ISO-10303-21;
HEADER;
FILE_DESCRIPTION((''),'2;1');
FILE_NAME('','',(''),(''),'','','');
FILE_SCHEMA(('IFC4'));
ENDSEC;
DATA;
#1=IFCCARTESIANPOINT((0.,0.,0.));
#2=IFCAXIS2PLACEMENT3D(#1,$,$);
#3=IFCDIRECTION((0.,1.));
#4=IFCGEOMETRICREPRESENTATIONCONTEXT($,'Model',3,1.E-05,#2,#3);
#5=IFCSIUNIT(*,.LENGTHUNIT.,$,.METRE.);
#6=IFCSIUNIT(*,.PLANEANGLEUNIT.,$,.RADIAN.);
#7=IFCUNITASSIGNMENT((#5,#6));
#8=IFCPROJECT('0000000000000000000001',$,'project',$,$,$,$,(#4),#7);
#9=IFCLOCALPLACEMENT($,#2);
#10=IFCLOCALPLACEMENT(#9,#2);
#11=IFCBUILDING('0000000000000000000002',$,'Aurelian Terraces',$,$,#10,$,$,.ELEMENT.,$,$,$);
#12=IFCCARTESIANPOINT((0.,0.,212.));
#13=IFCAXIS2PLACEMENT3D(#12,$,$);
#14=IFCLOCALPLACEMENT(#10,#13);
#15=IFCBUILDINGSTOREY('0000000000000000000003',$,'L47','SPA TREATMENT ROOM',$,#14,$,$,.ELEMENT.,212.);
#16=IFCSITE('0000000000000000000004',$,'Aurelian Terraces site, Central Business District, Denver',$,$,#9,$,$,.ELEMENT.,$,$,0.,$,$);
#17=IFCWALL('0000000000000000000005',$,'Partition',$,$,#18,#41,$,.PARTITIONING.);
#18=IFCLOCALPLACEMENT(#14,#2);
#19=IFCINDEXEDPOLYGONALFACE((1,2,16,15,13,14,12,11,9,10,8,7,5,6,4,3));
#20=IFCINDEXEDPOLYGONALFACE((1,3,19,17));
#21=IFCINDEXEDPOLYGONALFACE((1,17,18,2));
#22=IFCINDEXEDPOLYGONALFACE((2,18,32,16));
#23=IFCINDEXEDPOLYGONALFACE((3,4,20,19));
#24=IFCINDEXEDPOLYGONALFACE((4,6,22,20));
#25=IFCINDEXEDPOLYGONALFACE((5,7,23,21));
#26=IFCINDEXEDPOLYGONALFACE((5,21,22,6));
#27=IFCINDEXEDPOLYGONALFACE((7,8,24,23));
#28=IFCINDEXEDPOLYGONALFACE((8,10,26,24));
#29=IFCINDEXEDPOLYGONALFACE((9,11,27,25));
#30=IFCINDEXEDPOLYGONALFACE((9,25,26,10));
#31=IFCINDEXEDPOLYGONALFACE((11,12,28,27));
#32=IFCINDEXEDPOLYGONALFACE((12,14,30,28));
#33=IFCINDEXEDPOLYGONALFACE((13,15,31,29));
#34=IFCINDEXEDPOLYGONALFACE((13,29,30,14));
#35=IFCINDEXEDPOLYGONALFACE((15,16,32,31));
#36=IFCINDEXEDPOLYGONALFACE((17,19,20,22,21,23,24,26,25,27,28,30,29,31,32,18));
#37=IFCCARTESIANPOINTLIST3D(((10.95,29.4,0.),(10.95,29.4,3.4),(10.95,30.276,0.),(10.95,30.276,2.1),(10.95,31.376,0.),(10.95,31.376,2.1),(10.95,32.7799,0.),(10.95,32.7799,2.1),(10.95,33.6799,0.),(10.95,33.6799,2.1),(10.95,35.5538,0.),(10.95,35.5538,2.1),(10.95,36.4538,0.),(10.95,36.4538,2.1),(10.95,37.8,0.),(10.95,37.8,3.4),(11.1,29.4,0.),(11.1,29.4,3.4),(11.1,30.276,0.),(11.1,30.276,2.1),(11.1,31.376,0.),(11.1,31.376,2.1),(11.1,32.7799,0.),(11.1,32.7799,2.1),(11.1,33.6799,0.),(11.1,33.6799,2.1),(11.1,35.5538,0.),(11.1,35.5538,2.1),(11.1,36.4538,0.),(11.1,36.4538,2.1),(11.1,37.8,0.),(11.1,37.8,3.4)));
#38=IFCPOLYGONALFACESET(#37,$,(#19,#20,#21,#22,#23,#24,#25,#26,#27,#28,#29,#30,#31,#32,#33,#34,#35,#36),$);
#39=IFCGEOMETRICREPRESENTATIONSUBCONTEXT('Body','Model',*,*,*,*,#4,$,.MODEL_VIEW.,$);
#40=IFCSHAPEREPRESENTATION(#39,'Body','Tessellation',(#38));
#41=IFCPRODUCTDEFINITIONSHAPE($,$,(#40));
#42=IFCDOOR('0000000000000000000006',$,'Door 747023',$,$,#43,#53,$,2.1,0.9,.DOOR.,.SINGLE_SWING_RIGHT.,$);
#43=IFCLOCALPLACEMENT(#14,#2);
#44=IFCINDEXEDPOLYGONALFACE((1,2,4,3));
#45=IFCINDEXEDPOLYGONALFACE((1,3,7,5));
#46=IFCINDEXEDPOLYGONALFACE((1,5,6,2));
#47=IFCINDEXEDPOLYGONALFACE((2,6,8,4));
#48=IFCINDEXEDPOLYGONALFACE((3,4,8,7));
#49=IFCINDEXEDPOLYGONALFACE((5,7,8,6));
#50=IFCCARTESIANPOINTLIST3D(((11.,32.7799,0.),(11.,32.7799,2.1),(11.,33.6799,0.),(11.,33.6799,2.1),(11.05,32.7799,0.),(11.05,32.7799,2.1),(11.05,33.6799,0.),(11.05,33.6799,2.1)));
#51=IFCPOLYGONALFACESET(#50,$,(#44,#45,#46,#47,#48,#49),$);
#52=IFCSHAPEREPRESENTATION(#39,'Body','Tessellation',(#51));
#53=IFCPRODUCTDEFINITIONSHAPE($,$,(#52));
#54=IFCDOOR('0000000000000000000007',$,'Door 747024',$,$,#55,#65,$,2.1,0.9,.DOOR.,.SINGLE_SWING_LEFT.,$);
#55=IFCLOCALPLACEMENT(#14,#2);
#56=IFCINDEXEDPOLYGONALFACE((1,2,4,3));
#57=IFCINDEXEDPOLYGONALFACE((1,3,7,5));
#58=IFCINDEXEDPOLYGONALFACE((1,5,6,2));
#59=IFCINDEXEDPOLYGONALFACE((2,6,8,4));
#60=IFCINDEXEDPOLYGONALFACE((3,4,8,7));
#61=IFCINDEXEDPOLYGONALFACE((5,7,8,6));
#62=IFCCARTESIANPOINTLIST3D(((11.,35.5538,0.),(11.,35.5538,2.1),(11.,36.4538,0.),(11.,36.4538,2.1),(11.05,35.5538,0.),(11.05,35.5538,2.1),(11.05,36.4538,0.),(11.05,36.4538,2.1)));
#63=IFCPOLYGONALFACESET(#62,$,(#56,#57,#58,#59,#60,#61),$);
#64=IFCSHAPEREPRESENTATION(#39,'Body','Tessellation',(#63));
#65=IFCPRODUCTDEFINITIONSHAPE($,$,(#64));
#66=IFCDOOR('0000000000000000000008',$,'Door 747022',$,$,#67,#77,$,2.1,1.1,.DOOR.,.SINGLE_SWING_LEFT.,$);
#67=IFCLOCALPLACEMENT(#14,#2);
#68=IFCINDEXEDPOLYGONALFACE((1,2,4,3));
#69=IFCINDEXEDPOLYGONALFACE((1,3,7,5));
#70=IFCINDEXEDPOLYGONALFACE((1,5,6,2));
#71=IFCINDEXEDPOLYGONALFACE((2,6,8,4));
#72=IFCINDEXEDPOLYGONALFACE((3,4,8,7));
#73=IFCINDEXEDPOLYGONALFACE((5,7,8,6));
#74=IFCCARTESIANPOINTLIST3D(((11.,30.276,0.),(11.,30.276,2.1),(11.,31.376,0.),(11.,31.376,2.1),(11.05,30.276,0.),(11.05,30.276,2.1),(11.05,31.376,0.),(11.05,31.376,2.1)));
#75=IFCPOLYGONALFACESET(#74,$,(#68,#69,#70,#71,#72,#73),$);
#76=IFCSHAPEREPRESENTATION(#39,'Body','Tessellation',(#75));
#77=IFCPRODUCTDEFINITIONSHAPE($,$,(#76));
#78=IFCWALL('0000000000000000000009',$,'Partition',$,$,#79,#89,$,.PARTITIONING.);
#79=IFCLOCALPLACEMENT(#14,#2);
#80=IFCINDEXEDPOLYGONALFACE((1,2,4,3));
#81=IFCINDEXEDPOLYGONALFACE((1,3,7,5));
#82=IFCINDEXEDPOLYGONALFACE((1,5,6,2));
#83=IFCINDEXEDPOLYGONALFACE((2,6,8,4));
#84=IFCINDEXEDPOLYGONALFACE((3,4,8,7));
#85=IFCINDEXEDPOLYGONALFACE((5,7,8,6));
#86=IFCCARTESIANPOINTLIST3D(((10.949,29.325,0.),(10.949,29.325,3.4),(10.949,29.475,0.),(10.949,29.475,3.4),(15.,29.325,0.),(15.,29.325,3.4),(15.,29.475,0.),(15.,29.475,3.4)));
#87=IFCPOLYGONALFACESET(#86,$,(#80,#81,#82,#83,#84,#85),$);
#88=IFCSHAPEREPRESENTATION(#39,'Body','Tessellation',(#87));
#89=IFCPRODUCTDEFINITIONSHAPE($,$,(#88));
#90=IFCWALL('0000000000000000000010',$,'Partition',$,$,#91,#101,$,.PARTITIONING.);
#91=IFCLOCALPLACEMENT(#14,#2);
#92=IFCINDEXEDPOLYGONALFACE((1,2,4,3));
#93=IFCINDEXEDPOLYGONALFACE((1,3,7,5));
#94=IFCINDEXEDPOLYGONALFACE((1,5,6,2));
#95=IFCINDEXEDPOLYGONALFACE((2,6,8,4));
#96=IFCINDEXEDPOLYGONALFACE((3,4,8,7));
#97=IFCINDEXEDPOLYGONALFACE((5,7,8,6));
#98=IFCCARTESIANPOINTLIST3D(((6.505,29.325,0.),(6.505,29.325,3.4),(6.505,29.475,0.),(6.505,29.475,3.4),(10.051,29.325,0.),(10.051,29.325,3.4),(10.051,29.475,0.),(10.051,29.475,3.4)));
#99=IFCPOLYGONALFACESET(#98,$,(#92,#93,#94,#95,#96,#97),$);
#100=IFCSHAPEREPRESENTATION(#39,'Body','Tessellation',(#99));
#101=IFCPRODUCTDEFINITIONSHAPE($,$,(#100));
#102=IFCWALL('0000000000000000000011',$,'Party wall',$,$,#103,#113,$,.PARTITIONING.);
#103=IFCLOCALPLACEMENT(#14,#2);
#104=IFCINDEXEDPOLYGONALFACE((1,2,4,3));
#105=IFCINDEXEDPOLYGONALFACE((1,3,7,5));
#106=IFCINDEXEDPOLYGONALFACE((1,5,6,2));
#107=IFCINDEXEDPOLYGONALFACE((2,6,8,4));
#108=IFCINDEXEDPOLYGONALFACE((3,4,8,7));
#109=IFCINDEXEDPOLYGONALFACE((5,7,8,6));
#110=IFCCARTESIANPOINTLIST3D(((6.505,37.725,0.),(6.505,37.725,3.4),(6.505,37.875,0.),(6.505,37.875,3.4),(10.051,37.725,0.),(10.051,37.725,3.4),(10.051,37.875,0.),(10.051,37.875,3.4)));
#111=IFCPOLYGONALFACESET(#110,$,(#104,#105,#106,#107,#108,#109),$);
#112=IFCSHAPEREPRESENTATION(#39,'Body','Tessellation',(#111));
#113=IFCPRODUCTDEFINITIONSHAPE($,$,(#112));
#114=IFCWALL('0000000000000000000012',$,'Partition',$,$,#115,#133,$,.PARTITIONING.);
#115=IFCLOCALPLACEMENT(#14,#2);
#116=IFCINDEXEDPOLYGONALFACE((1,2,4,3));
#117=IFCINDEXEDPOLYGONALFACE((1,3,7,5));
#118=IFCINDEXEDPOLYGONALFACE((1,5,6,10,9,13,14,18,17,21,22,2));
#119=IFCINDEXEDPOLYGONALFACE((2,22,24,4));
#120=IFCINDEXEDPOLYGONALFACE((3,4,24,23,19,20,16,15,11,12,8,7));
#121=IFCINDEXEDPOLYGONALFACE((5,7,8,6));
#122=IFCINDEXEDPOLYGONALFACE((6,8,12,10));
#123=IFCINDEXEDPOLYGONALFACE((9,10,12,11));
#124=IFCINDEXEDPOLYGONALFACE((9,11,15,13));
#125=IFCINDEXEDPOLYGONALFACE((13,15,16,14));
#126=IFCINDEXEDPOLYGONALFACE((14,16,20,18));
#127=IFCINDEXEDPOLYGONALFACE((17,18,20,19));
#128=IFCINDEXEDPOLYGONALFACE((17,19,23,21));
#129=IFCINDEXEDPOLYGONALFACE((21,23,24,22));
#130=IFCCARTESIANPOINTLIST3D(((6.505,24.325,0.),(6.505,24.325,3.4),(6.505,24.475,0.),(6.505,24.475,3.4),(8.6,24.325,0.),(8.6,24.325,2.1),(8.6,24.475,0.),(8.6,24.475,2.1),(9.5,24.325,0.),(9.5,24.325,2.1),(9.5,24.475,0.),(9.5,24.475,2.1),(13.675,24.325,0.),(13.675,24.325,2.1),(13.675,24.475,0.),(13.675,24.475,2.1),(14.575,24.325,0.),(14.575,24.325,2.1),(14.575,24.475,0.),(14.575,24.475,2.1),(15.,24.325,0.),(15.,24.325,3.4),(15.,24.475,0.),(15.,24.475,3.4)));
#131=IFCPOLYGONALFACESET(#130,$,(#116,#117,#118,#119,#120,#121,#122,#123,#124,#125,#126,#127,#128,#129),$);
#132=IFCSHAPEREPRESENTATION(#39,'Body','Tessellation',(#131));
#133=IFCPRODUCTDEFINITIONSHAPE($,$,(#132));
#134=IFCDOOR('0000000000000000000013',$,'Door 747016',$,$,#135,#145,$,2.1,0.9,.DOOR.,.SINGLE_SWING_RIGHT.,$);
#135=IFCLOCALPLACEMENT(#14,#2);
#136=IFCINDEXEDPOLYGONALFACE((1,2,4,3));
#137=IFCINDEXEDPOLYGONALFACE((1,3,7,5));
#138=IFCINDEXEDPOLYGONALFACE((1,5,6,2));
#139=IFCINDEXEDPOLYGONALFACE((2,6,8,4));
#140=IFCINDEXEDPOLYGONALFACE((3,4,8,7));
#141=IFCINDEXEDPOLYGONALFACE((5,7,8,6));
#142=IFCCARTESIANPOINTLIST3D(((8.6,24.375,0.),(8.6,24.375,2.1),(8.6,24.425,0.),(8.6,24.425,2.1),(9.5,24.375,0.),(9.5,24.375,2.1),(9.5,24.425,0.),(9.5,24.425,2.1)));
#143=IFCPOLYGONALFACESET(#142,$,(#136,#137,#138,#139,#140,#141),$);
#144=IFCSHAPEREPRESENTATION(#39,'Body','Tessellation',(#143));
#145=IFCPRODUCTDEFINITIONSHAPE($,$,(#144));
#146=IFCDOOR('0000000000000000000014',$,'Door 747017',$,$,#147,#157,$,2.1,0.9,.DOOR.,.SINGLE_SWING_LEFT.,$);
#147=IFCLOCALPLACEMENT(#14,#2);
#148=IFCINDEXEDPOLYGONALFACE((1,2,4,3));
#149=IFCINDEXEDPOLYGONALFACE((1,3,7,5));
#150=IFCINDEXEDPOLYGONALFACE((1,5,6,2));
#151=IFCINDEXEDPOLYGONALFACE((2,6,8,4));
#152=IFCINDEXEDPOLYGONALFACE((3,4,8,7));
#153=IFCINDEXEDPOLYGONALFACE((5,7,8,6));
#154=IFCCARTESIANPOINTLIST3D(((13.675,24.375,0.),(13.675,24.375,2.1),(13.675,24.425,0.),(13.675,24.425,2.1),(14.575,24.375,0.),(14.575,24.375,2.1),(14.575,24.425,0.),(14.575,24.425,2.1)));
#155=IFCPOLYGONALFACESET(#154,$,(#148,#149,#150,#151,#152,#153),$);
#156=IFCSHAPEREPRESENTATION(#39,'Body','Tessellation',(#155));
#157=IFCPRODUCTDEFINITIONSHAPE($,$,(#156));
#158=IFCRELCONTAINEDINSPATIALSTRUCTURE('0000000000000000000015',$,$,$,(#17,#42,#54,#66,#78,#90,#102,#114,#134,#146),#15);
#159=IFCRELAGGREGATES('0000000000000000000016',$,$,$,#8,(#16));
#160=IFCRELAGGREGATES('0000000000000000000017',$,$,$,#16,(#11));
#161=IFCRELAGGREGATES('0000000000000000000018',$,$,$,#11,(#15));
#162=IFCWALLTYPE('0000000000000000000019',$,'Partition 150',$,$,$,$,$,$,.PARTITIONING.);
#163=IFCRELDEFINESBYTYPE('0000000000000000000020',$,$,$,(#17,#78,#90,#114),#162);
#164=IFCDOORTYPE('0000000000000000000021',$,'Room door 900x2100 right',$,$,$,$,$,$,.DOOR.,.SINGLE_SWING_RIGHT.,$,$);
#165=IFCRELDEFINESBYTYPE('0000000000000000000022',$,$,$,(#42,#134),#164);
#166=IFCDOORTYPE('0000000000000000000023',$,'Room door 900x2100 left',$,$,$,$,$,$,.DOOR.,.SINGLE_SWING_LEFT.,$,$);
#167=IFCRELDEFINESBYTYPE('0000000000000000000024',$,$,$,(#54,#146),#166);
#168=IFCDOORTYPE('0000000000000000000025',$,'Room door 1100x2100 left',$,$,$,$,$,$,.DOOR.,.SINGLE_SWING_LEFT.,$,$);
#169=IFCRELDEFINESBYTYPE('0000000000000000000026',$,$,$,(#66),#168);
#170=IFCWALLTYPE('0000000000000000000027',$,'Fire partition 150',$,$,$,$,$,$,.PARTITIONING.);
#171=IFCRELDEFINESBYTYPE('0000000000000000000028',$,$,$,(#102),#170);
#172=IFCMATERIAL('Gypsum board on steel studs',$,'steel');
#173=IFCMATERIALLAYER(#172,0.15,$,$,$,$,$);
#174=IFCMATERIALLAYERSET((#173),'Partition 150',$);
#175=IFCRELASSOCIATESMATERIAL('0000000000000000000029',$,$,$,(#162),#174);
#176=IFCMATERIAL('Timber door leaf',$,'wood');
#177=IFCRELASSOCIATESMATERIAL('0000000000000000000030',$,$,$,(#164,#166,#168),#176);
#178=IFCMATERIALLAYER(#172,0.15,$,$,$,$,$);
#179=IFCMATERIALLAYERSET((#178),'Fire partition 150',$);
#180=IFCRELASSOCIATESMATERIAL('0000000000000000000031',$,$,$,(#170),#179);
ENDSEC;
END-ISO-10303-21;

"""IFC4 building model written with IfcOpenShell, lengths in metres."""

from ifc_helpers import new_model, si_unit, direction, frame, frame_2d, origin, place, context, subcontext, project, spatial, rectangle, extrude, source, transform, mapped, material, layer, layer_set, type_object, element, fill, save


model = new_model("IFC4")

# Units and contexts
model_context = context("Model", 3, precision=1e-05, world=origin(), true_north=direction((0.0, 1.0)))
body_context = subcontext(model_context, "Body", "Model", "MODEL_VIEW")
ifc_project = project(units=[si_unit("LENGTHUNIT", "METRE"), si_unit("PLANEANGLEUNIT", "RADIAN")], contexts=[model_context])

# Site, building, storey
site_placement = place(None, origin())
site = spatial("IfcSite", under=ifc_project, at=site_placement, Name="Aurelian Terraces site, Central Business District, Denver", CompositionType="ELEMENT", RefElevation=0.0)
building_placement = place(site_placement, origin())
building = spatial("IfcBuilding", under=site, at=building_placement, Name="Aurelian Terraces", CompositionType="ELEMENT")
storey_placement = place(building_placement, frame((0.0, 0.0, 212.0)))
storey = spatial("IfcBuildingStorey", under=building, at=storey_placement, Name="L47", Description="SPA TREATMENT ROOM", CompositionType="ELEMENT", Elevation=212.0)

# Shared definitions
ifc_material_1 = material(Name="Gypsum board on steel studs", Category="steel")
ifc_layer_1 = layer(ifc_material_1, 0.15)
ifc_layer_set_1 = layer_set([ifc_layer_1], Name="Partition 150")
wall_type_1 = type_object("IfcWallType", Name="Partition 150", PredefinedType="PARTITIONING", material=ifc_layer_set_1)

# Wall, openings, doors
shared_shape_1 = source(origin(), body_context, "Body", "SweptSolid", [
    extrude(rectangle(XDim=8.4, YDim=0.15, at=frame_2d((4.2, 0.0))), origin(), (0.0, 0.0, 1.0), 3.4),
])
wall_1_placement = place(storey_placement, frame((11.025, 29.4, 0.0), z_axis=(0.0, 0.0, 1.0), x_axis=(0.0, 1.0, 0.0)))
wall_1 = element("IfcWall", 1, at=wall_1_placement, inside=storey, type_object=wall_type_1, Name="Partition", PredefinedType="PARTITIONING", context=body_context, shape_type="MappedRepresentation", body=[
    mapped(shared_shape_1, transform((0.0, 0.0, 0.0), scale=1.0)),
])
shared_shape_2 = source(origin(), body_context, "Body", "SweptSolid", [
    extrude(rectangle(XDim=1.1, YDim=2.1, at=frame_2d((0.55, 1.05))), frame((0.0, 0.085, 0.0), z_axis=(0.0, -1.0, 0.0), x_axis=(1.0, 0.0, 0.0)), (0.0, 0.0, 1.0), 0.17),
])
opening_1_placement = place(wall_1_placement, frame((0.876, 0.0, 0.0)))
opening_1 = element("IfcOpeningElement", 2, at=opening_1_placement, cuts=wall_1, PredefinedType="OPENING", context=body_context, shape_type="MappedRepresentation", body=[
    mapped(shared_shape_2, transform((0.0, 0.0, 0.0), scale=1.0)),
])
shared_shape_3 = source(origin(), body_context, "Body", "SweptSolid", [
    extrude(rectangle(XDim=0.9, YDim=2.1, at=frame_2d((0.45, 1.05))), frame((0.0, 0.085, 0.0), z_axis=(0.0, -1.0, 0.0), x_axis=(1.0, 0.0, 0.0)), (0.0, 0.0, 1.0), 0.17),
])
opening_2_placement = place(wall_1_placement, frame((3.3799, 0.0, 0.0)))
opening_2 = element("IfcOpeningElement", 3, at=opening_2_placement, cuts=wall_1, PredefinedType="OPENING", context=body_context, shape_type="MappedRepresentation", body=[
    mapped(shared_shape_3, transform((0.0, 0.0, 0.0), scale=1.0)),
])
opening_3_placement = place(wall_1_placement, frame((6.1538, 0.0, 0.0)))
opening_3 = element("IfcOpeningElement", 4, at=opening_3_placement, cuts=wall_1, PredefinedType="OPENING", context=body_context, shape_type="MappedRepresentation", body=[
    mapped(shared_shape_3, transform((0.0, 0.0, 0.0), scale=1.0)),
])
ifc_material_2 = material(Name="Timber door leaf", Category="wood")
door_type_1 = type_object("IfcDoorType", Name="Room door 900x2100 right", OperationType="SINGLE_SWING_RIGHT", PredefinedType="DOOR", material=ifc_material_2)
shared_shape_4 = source(origin(), body_context, "Body", "SweptSolid", [
    extrude(rectangle(XDim=0.9, YDim=2.1, at=frame_2d((0.45, 1.05))), frame((0.0, 0.025, 0.0), z_axis=(0.0, -1.0, 0.0), x_axis=(1.0, 0.0, 0.0)), (0.0, 0.0, 1.0), 0.05),
])
door_1_placement = place(opening_2_placement, origin())
door_1 = element("IfcDoor", 5, at=door_1_placement, inside=storey, type_object=door_type_1, Name="Door 747023", OperationType="SINGLE_SWING_RIGHT", OverallHeight=2.1, OverallWidth=0.9, PredefinedType="DOOR", context=body_context, shape_type="MappedRepresentation", body=[
    mapped(shared_shape_4, transform((0.0, 0.0, 0.0), scale=1.0)),
])
fill(opening_2, door_1)
door_type_2 = type_object("IfcDoorType", Name="Room door 900x2100 left", OperationType="SINGLE_SWING_LEFT", PredefinedType="DOOR", material=ifc_material_2)
door_2_placement = place(opening_3_placement, origin())
door_2 = element("IfcDoor", 6, at=door_2_placement, inside=storey, type_object=door_type_2, Name="Door 747024", OperationType="SINGLE_SWING_LEFT", OverallHeight=2.1, OverallWidth=0.9, PredefinedType="DOOR", context=body_context, shape_type="MappedRepresentation", body=[
    mapped(shared_shape_4, transform((0.0, 0.0, 0.0), scale=1.0)),
])
fill(opening_3, door_2)
door_type_3 = type_object("IfcDoorType", Name="Room door 1100x2100 left", OperationType="SINGLE_SWING_LEFT", PredefinedType="DOOR", material=ifc_material_2)
shared_shape_5 = source(origin(), body_context, "Body", "SweptSolid", [
    extrude(rectangle(XDim=1.1, YDim=2.1, at=frame_2d((0.55, 1.05))), frame((0.0, 0.025, 0.0), z_axis=(0.0, -1.0, 0.0), x_axis=(1.0, 0.0, 0.0)), (0.0, 0.0, 1.0), 0.05),
])
door_3_placement = place(opening_1_placement, origin())
door_3 = element("IfcDoor", 7, at=door_3_placement, inside=storey, type_object=door_type_3, Name="Door 747022", OperationType="SINGLE_SWING_LEFT", OverallHeight=2.1, OverallWidth=1.1, PredefinedType="DOOR", context=body_context, shape_type="MappedRepresentation", body=[
    mapped(shared_shape_5, transform((0.0, 0.0, 0.0), scale=1.0)),
])
fill(opening_1, door_3)

# Walls
shared_shape_6 = source(origin(), body_context, "Body", "SweptSolid", [
    extrude(rectangle(XDim=4.051, YDim=0.15, at=frame_2d((2.0255, 0.0))), origin(), (0.0, 0.0, 1.0), 3.4),
])
wall_2_placement = place(storey_placement, frame((15.0, 29.4, 0.0), z_axis=(0.0, 0.0, 1.0), x_axis=(-1.0, 0.0, 0.0)))
element("IfcWall", 8, at=wall_2_placement, inside=storey, type_object=wall_type_1, Name="Partition", PredefinedType="PARTITIONING", context=body_context, shape_type="MappedRepresentation", body=[
    mapped(shared_shape_6, transform((0.0, 0.0, 0.0), scale=1.0)),
])
shared_shape_7 = source(origin(), body_context, "Body", "SweptSolid", [
    extrude(rectangle(XDim=3.546, YDim=0.15, at=frame_2d((1.773, 0.0))), origin(), (0.0, 0.0, 1.0), 3.4),
])
wall_3_placement = place(storey_placement, frame((10.051, 29.4, 0.0), z_axis=(0.0, 0.0, 1.0), x_axis=(-1.0, 0.0, 0.0)))
element("IfcWall", 9, at=wall_3_placement, inside=storey, type_object=wall_type_1, Name="Partition", PredefinedType="PARTITIONING", context=body_context, shape_type="MappedRepresentation", body=[
    mapped(shared_shape_7, transform((0.0, 0.0, 0.0), scale=1.0)),
])
ifc_layer_2 = layer(ifc_material_1, 0.15)
ifc_layer_set_2 = layer_set([ifc_layer_2], Name="Fire partition 150")
wall_type_2 = type_object("IfcWallType", Name="Fire partition 150", PredefinedType="PARTITIONING", material=ifc_layer_set_2)
wall_4_placement = place(storey_placement, frame((10.051, 37.8, 0.0), z_axis=(0.0, 0.0, 1.0), x_axis=(-1.0, 0.0, 0.0)))
element("IfcWall", 10, at=wall_4_placement, inside=storey, type_object=wall_type_2, Name="Party wall", PredefinedType="PARTITIONING", context=body_context, shape_type="MappedRepresentation", body=[
    mapped(shared_shape_7, transform((0.0, 0.0, 0.0), scale=1.0)),
])

# Wall, openings, doors
shared_shape_8 = source(origin(), body_context, "Body", "SweptSolid", [
    extrude(rectangle(XDim=8.495, YDim=0.15, at=frame_2d((4.2475, 0.0))), origin(), (0.0, 0.0, 1.0), 3.4),
])
wall_5_placement = place(storey_placement, frame((6.505, 24.4, 0.0), z_axis=(0.0, 0.0, 1.0), x_axis=(1.0, 0.0, 0.0)))
wall_5 = element("IfcWall", 11, at=wall_5_placement, inside=storey, type_object=wall_type_1, Name="Partition", PredefinedType="PARTITIONING", context=body_context, shape_type="MappedRepresentation", body=[
    mapped(shared_shape_8, transform((0.0, 0.0, 0.0), scale=1.0)),
])
opening_4_placement = place(wall_5_placement, frame((2.095, 0.0, 0.0)))
opening_4 = element("IfcOpeningElement", 12, at=opening_4_placement, cuts=wall_5, PredefinedType="OPENING", context=body_context, shape_type="MappedRepresentation", body=[
    mapped(shared_shape_3, transform((0.0, 0.0, 0.0), scale=1.0)),
])
opening_5_placement = place(wall_5_placement, frame((7.17, 0.0, 0.0)))
opening_5 = element("IfcOpeningElement", 13, at=opening_5_placement, cuts=wall_5, PredefinedType="OPENING", context=body_context, shape_type="MappedRepresentation", body=[
    mapped(shared_shape_3, transform((0.0, 0.0, 0.0), scale=1.0)),
])
door_4_placement = place(opening_4_placement, origin())
door_4 = element("IfcDoor", 14, at=door_4_placement, inside=storey, type_object=door_type_1, Name="Door 747016", OperationType="SINGLE_SWING_RIGHT", OverallHeight=2.1, OverallWidth=0.9, PredefinedType="DOOR", context=body_context, shape_type="MappedRepresentation", body=[
    mapped(shared_shape_4, transform((0.0, 0.0, 0.0), scale=1.0)),
])
fill(opening_4, door_4)
door_5_placement = place(opening_5_placement, origin())
door_5 = element("IfcDoor", 15, at=door_5_placement, inside=storey, type_object=door_type_2, Name="Door 747017", OperationType="SINGLE_SWING_LEFT", OverallHeight=2.1, OverallWidth=0.9, PredefinedType="DOOR", context=body_context, shape_type="MappedRepresentation", body=[
    mapped(shared_shape_4, transform((0.0, 0.0, 0.0), scale=1.0)),
])
fill(opening_5, door_5)

save(model, "model.ifc")
